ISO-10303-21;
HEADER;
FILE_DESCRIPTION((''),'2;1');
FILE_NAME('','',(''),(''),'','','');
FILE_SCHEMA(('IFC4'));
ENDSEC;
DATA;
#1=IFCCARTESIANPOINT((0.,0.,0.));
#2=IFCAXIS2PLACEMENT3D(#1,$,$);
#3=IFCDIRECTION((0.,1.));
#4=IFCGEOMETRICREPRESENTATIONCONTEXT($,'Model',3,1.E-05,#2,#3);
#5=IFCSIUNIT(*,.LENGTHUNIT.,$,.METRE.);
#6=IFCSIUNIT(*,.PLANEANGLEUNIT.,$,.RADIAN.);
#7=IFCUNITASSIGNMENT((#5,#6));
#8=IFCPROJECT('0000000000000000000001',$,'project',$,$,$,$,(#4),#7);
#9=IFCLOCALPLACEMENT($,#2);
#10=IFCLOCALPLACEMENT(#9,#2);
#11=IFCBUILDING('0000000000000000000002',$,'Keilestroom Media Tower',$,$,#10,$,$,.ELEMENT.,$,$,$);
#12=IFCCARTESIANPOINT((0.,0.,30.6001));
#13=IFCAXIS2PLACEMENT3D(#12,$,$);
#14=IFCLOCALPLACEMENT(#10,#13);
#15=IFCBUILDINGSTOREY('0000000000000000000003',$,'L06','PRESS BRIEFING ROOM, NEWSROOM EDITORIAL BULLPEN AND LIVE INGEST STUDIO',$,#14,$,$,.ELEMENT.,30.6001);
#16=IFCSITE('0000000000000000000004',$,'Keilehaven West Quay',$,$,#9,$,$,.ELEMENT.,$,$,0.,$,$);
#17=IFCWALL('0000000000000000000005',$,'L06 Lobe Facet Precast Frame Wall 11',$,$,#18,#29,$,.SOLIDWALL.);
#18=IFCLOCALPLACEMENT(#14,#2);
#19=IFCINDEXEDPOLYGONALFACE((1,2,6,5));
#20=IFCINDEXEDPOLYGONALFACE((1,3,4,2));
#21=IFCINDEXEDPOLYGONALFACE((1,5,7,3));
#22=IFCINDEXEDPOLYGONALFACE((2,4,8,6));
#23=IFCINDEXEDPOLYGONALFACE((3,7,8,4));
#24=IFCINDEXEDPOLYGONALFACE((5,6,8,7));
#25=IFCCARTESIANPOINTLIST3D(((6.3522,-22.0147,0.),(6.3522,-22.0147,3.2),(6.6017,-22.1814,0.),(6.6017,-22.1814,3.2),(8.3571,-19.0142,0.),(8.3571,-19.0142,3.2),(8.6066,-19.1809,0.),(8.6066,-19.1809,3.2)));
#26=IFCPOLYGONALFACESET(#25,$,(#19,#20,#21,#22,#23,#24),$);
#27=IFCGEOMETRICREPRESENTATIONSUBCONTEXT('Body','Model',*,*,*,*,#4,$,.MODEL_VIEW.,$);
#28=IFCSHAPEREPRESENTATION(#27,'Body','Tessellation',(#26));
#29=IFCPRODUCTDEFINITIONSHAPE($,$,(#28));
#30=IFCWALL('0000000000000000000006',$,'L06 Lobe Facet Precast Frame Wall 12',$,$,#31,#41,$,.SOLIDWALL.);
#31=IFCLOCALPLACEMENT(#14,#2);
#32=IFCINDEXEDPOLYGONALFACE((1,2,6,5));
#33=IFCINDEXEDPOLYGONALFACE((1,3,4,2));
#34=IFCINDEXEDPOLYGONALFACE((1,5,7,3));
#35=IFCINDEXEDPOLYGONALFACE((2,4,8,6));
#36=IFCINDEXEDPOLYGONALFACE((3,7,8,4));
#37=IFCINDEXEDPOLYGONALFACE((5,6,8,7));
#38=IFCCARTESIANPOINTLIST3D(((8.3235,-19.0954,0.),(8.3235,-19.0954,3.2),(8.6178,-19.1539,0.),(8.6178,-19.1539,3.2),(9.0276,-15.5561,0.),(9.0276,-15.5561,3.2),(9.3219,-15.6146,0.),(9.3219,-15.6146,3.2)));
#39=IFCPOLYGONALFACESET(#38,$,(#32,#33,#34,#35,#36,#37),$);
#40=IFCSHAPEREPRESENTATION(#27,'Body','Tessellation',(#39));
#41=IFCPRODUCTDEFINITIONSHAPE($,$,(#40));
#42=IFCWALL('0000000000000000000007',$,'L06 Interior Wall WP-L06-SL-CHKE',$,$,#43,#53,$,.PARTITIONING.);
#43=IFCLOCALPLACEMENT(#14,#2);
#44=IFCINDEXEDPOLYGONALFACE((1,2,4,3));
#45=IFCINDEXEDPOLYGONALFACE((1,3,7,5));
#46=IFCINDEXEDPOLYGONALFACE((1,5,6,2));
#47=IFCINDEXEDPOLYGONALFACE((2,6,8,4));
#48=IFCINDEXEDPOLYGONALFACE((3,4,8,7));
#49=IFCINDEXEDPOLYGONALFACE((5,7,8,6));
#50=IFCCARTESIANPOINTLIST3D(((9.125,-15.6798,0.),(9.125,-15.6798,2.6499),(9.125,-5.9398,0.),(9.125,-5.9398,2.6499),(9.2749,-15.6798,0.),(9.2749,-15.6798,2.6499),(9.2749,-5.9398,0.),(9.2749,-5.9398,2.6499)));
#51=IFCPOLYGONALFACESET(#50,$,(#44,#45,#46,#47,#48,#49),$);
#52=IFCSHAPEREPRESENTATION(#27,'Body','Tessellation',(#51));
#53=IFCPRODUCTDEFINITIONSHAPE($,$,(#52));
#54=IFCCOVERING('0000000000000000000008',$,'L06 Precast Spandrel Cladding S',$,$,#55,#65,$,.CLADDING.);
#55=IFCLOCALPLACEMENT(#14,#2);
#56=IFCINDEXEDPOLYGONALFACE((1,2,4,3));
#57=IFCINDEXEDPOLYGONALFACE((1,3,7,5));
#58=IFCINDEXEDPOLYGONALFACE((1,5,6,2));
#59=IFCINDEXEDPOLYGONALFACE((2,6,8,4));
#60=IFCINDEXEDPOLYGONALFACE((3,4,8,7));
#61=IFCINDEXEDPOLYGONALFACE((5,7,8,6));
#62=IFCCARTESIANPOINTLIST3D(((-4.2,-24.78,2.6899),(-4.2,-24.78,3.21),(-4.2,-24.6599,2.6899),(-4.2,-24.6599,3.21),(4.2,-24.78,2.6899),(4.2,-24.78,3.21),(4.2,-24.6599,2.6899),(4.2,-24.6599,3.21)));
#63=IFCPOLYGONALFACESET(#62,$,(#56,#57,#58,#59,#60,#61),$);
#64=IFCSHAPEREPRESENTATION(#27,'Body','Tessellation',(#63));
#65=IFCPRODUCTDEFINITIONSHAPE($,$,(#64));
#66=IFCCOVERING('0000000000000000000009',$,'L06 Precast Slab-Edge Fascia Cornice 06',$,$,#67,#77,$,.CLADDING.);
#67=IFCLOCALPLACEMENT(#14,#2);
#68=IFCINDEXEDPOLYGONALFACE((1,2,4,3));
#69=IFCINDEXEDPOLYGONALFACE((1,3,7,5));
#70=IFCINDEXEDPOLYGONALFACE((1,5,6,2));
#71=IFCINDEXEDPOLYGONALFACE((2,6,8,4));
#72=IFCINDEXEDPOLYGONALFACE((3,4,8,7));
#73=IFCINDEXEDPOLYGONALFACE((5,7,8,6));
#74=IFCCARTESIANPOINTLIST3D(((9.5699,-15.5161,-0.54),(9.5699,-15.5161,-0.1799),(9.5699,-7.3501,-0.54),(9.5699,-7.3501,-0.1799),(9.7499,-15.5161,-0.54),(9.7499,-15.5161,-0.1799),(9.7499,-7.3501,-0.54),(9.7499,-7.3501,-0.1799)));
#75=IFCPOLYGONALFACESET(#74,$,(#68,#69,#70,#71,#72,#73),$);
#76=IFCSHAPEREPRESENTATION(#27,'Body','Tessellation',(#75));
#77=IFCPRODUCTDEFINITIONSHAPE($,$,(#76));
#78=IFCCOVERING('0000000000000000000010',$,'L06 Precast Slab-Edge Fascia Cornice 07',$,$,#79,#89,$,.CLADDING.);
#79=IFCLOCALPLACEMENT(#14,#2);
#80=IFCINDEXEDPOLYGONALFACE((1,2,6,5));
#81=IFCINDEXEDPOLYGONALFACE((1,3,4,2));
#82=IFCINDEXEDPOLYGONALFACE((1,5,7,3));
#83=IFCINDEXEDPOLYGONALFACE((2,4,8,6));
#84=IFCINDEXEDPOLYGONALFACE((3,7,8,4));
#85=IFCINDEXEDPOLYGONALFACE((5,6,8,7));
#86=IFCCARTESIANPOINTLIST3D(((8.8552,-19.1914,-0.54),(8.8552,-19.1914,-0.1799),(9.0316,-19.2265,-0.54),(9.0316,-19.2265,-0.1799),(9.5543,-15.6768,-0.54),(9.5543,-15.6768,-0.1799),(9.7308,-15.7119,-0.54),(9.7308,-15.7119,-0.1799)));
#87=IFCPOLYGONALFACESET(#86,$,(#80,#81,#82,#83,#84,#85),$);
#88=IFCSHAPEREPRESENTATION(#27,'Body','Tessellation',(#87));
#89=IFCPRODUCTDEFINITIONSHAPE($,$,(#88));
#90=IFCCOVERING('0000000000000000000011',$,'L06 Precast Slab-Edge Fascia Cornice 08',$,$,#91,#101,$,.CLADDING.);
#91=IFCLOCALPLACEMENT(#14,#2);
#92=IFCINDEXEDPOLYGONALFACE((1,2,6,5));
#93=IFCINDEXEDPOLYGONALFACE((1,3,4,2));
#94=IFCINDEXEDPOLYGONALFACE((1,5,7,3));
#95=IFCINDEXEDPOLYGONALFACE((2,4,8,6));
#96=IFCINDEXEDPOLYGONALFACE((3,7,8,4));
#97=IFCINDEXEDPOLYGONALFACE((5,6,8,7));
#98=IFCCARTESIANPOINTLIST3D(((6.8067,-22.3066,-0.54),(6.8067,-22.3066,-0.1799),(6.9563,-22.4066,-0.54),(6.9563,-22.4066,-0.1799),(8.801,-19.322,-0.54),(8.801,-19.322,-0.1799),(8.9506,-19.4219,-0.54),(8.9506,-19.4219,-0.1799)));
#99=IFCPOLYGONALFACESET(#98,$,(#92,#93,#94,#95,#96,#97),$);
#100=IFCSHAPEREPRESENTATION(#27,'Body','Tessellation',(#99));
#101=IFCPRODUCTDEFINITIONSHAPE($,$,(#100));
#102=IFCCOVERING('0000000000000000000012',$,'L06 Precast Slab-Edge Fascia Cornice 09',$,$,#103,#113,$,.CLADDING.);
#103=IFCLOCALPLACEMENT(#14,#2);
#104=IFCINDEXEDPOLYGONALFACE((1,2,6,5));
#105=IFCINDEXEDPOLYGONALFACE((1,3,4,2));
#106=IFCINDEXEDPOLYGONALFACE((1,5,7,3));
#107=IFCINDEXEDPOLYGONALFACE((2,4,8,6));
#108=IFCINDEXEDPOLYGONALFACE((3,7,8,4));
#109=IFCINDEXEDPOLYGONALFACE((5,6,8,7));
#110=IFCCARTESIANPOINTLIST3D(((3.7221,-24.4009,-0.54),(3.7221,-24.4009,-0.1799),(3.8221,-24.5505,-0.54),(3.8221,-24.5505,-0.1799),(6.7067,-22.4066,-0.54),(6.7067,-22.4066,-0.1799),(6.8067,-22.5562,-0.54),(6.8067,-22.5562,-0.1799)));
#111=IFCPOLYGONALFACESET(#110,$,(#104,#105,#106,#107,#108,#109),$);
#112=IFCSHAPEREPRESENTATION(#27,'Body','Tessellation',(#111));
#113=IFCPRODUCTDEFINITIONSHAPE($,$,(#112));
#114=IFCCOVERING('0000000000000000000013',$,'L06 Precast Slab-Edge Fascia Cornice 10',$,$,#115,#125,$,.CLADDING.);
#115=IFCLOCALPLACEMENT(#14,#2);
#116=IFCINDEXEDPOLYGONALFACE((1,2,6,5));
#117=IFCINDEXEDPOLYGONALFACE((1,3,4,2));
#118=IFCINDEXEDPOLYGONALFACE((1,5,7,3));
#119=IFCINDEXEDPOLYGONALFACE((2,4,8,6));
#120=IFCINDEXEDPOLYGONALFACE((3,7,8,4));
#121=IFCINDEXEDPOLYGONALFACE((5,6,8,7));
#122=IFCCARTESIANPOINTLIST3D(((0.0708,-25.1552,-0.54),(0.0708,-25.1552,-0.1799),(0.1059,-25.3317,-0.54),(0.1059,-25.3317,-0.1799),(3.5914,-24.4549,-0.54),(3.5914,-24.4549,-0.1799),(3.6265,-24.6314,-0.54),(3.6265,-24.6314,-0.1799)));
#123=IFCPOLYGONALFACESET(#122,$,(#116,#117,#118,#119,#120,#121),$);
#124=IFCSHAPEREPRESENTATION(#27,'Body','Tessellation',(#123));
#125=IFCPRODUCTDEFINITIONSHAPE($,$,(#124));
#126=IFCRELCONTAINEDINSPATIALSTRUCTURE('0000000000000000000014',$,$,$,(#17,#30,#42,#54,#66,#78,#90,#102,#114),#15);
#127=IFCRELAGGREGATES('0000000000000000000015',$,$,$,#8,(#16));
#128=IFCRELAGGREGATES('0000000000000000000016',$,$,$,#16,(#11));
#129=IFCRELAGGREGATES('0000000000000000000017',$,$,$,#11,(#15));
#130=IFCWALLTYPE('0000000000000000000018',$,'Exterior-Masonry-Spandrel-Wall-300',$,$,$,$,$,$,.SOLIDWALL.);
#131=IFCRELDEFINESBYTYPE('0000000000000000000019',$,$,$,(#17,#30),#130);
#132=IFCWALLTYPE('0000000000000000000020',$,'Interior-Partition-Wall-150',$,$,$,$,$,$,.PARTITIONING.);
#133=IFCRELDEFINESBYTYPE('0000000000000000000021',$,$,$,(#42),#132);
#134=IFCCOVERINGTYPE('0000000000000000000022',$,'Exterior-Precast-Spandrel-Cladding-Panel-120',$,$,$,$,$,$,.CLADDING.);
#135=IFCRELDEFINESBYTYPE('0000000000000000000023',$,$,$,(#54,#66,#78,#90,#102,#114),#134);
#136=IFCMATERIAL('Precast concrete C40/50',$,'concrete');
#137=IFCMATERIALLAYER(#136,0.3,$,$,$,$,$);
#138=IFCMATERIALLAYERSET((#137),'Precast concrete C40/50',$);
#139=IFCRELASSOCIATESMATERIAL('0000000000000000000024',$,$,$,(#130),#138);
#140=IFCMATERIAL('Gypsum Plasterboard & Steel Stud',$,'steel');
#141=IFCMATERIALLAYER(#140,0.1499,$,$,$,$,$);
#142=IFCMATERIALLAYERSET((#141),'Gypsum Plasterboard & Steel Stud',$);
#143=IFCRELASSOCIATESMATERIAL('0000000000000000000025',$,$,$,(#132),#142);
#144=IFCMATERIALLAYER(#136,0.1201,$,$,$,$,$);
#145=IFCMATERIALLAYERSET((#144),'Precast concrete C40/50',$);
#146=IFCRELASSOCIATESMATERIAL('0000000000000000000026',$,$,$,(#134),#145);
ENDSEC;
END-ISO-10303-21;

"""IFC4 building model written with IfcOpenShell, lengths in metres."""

from ifc_helpers import new_model, si_unit, direction, frame, frame_2d, origin, origin_2d, place, context, subcontext, project, spatial, rectangle, extrude, source, transform, mapped, material, layer, layer_set, type_object, element, save


model = new_model("IFC4")

# Units and contexts
model_context = context("Model", 3, precision=1e-05, world=origin(), true_north=direction((0.0, 1.0)))
body_context = subcontext(model_context, "Body", "Model", "MODEL_VIEW")
ifc_project = project(units=[si_unit("LENGTHUNIT", "METRE"), si_unit("PLANEANGLEUNIT", "RADIAN")], contexts=[model_context])

# Site, building, storey
site_placement = place(None, origin())
site = spatial("IfcSite", under=ifc_project, at=site_placement, Name="Keilehaven West Quay", CompositionType="ELEMENT", RefElevation=0.0)
building_placement = place(site_placement, origin())
building = spatial("IfcBuilding", under=site, at=building_placement, Name="Keilestroom Media Tower", CompositionType="ELEMENT")
storey_placement = place(building_placement, frame((0.0, 0.0, 30.6001)))
storey = spatial("IfcBuildingStorey", under=building, at=storey_placement, Name="L06", Description="PRESS BRIEFING ROOM, NEWSROOM EDITORIAL BULLPEN AND LIVE INGEST STUDIO", CompositionType="ELEMENT", Elevation=30.6001)

# Walls
ifc_material_1 = material(Name="Precast concrete C40/50", Category="concrete")
ifc_layer_1 = layer(ifc_material_1, 0.3)
ifc_layer_set_1 = layer_set([ifc_layer_1], Name="Precast concrete C40/50")
wall_type_1 = type_object("IfcWallType", Name="Exterior-Masonry-Spandrel-Wall-300", PredefinedType="SOLIDWALL", material=ifc_layer_set_1)
for number, where, z_axis, x_axis, name in (
    (1, (6.4771, -22.0979, 0.0), (0.0, 0.0, 1.0), (0.555574, 0.831467, 0.0), "L06 Lobe Facet Precast Frame Wall 11"),
    (2, (8.4707, -19.1245, 0.0), (0.0, 0.0, 1.0), (0.195114, 0.980781, 0.0), "L06 Lobe Facet Precast Frame Wall 12"),
):
    element("IfcWall", number, at=place(storey_placement, frame(where, z_axis=z_axis, x_axis=x_axis)), inside=storey, type_object=wall_type_1, Name=name, PredefinedType="SOLIDWALL", context=body_context, shape_type="SweptSolid", body=[
        extrude(rectangle(XDim=3.6086, YDim=0.3, at=frame_2d((1.8042, 0.0))), origin(), (0.0, 0.0, 1.0), 3.2),
    ])
ifc_material_2 = material(Name="Gypsum Plasterboard & Steel Stud", Category="steel")
ifc_layer_2 = layer(ifc_material_2, 0.1499)
ifc_layer_set_2 = layer_set([ifc_layer_2], Name="Gypsum Plasterboard & Steel Stud")
wall_type_2 = type_object("IfcWallType", Name="Interior-Partition-Wall-150", PredefinedType="PARTITIONING", material=ifc_layer_set_2)
wall_1_placement = place(storey_placement, frame((9.2, -15.6799, 0.0), z_axis=(0.0, 0.0, 1.0), x_axis=(0.0, 1.0, 0.0)))
element("IfcWall", 3, at=wall_1_placement, inside=storey, type_object=wall_type_2, Name="L06 Interior Wall WP-L06-SL-CHKE", PredefinedType="PARTITIONING", context=body_context, shape_type="SweptSolid", body=[
    extrude(rectangle(XDim=9.74, YDim=0.1499, at=frame_2d((4.8701, 0.0))), origin(), (0.0, 0.0, 1.0), 2.6499),
])

# Coverings
ifc_layer_3 = layer(ifc_material_1, 0.1201)
ifc_layer_set_3 = layer_set([ifc_layer_3], Name="Precast concrete C40/50")
covering_type = type_object("IfcCoveringType", Name="Exterior-Precast-Spandrel-Cladding-Panel-120", PredefinedType="CLADDING", material=ifc_layer_set_3)
shared_shape_1 = source(origin(), body_context, "Body", "SweptSolid", [
    extrude(rectangle(XDim=8.3999, YDim=0.1201, at=origin_2d()), origin(), (0.0, 0.0, 1.0), 0.52),
])
covering_1_placement = place(storey_placement, frame((0.0, -24.72, 2.6899), z_axis=(0.0, 0.0, 1.0), x_axis=(1.0, 0.0, 0.0)))
element("IfcCovering", 4, at=covering_1_placement, inside=storey, type_object=covering_type, Name="L06 Precast Spandrel Cladding S", PredefinedType="CLADDING", context=body_context, shape_type="MappedRepresentation", body=[
    mapped(shared_shape_1, transform((0.0, 0.0, 0.0), x_axis=(1.0, 0.0, 0.0), y_axis=(0.0, 1.0, 0.0), z_axis=(0.0, 0.0, 1.0), scale=1.0)),
])
shared_shape_2 = source(origin(), body_context, "Body", "SweptSolid", [
    extrude(rectangle(XDim=8.166, YDim=0.1799, at=origin_2d()), origin(), (0.0, 0.0, 1.0), 0.3601),
])
covering_2_placement = place(storey_placement, frame((9.6599, -11.4331, -0.54), z_axis=(0.0, 0.0, 1.0), x_axis=(0.0, -1.0, 0.0)))
element("IfcCovering", 5, at=covering_2_placement, inside=storey, type_object=covering_type, Name="L06 Precast Slab-Edge Fascia Cornice 06", PredefinedType="CLADDING", context=body_context, shape_type="MappedRepresentation", body=[
    mapped(shared_shape_2, transform((0.0, 0.0, 0.0), x_axis=(1.0, 0.0, 0.0), y_axis=(0.0, 1.0, 0.0), z_axis=(0.0, 0.0, 1.0), scale=1.0)),
])
shared_shape_3 = source(origin(), body_context, "Body", "SweptSolid", [
    extrude(rectangle(XDim=3.5835, YDim=0.1799, at=origin_2d()), origin(), (0.0, 0.0, 1.0), 0.3601),
])
covering_3_placement = place(storey_placement, frame((9.293, -17.4517, -0.54), z_axis=(0.0, 0.0, 1.0), x_axis=(-0.195099, -0.980784, 0.0)))
element("IfcCovering", 6, at=covering_3_placement, inside=storey, type_object=covering_type, Name="L06 Precast Slab-Edge Fascia Cornice 07", PredefinedType="CLADDING", context=body_context, shape_type="MappedRepresentation", body=[
    mapped(shared_shape_3, transform((0.0, 0.0, 0.0), x_axis=(1.0, 0.0, 0.0), y_axis=(0.0, 1.0, 0.0), z_axis=(0.0, 0.0, 1.0), scale=1.0)),
])
shared_shape_4 = source(origin(), body_context, "Body", "SweptSolid", [
    extrude(rectangle(XDim=3.5896, YDim=0.1799, at=origin_2d()), origin(), (0.0, 0.0, 1.0), 0.3601),
])
for number, where, z_axis, x_axis, name in (
    (7, (7.8787, -20.8643, -0.54), (0.0, 0.0, 1.0), (-0.555575, -0.831467, 0.0), "L06 Precast Slab-Edge Fascia Cornice 08"),
    (8, (5.2644, -23.4785, -0.54), (0.0, 0.0, 1.0), (-0.831467, -0.555575, 0.0), "L06 Precast Slab-Edge Fascia Cornice 09"),
    (9, (1.8486, -24.8933, -0.54), (0.0, 0.0, 1.0), (-0.980784, -0.195099, 0.0), "L06 Precast Slab-Edge Fascia Cornice 10"),
):
    element("IfcCovering", number, at=place(storey_placement, frame(where, z_axis=z_axis, x_axis=x_axis)), inside=storey, type_object=covering_type, Name=name, PredefinedType="CLADDING", context=body_context, shape_type="MappedRepresentation", body=[
        mapped(shared_shape_4, transform((0.0, 0.0, 0.0), x_axis=(1.0, 0.0, 0.0), y_axis=(0.0, 1.0, 0.0), z_axis=(0.0, 0.0, 1.0), scale=1.0)),
    ])

save(model, "model.ifc")
